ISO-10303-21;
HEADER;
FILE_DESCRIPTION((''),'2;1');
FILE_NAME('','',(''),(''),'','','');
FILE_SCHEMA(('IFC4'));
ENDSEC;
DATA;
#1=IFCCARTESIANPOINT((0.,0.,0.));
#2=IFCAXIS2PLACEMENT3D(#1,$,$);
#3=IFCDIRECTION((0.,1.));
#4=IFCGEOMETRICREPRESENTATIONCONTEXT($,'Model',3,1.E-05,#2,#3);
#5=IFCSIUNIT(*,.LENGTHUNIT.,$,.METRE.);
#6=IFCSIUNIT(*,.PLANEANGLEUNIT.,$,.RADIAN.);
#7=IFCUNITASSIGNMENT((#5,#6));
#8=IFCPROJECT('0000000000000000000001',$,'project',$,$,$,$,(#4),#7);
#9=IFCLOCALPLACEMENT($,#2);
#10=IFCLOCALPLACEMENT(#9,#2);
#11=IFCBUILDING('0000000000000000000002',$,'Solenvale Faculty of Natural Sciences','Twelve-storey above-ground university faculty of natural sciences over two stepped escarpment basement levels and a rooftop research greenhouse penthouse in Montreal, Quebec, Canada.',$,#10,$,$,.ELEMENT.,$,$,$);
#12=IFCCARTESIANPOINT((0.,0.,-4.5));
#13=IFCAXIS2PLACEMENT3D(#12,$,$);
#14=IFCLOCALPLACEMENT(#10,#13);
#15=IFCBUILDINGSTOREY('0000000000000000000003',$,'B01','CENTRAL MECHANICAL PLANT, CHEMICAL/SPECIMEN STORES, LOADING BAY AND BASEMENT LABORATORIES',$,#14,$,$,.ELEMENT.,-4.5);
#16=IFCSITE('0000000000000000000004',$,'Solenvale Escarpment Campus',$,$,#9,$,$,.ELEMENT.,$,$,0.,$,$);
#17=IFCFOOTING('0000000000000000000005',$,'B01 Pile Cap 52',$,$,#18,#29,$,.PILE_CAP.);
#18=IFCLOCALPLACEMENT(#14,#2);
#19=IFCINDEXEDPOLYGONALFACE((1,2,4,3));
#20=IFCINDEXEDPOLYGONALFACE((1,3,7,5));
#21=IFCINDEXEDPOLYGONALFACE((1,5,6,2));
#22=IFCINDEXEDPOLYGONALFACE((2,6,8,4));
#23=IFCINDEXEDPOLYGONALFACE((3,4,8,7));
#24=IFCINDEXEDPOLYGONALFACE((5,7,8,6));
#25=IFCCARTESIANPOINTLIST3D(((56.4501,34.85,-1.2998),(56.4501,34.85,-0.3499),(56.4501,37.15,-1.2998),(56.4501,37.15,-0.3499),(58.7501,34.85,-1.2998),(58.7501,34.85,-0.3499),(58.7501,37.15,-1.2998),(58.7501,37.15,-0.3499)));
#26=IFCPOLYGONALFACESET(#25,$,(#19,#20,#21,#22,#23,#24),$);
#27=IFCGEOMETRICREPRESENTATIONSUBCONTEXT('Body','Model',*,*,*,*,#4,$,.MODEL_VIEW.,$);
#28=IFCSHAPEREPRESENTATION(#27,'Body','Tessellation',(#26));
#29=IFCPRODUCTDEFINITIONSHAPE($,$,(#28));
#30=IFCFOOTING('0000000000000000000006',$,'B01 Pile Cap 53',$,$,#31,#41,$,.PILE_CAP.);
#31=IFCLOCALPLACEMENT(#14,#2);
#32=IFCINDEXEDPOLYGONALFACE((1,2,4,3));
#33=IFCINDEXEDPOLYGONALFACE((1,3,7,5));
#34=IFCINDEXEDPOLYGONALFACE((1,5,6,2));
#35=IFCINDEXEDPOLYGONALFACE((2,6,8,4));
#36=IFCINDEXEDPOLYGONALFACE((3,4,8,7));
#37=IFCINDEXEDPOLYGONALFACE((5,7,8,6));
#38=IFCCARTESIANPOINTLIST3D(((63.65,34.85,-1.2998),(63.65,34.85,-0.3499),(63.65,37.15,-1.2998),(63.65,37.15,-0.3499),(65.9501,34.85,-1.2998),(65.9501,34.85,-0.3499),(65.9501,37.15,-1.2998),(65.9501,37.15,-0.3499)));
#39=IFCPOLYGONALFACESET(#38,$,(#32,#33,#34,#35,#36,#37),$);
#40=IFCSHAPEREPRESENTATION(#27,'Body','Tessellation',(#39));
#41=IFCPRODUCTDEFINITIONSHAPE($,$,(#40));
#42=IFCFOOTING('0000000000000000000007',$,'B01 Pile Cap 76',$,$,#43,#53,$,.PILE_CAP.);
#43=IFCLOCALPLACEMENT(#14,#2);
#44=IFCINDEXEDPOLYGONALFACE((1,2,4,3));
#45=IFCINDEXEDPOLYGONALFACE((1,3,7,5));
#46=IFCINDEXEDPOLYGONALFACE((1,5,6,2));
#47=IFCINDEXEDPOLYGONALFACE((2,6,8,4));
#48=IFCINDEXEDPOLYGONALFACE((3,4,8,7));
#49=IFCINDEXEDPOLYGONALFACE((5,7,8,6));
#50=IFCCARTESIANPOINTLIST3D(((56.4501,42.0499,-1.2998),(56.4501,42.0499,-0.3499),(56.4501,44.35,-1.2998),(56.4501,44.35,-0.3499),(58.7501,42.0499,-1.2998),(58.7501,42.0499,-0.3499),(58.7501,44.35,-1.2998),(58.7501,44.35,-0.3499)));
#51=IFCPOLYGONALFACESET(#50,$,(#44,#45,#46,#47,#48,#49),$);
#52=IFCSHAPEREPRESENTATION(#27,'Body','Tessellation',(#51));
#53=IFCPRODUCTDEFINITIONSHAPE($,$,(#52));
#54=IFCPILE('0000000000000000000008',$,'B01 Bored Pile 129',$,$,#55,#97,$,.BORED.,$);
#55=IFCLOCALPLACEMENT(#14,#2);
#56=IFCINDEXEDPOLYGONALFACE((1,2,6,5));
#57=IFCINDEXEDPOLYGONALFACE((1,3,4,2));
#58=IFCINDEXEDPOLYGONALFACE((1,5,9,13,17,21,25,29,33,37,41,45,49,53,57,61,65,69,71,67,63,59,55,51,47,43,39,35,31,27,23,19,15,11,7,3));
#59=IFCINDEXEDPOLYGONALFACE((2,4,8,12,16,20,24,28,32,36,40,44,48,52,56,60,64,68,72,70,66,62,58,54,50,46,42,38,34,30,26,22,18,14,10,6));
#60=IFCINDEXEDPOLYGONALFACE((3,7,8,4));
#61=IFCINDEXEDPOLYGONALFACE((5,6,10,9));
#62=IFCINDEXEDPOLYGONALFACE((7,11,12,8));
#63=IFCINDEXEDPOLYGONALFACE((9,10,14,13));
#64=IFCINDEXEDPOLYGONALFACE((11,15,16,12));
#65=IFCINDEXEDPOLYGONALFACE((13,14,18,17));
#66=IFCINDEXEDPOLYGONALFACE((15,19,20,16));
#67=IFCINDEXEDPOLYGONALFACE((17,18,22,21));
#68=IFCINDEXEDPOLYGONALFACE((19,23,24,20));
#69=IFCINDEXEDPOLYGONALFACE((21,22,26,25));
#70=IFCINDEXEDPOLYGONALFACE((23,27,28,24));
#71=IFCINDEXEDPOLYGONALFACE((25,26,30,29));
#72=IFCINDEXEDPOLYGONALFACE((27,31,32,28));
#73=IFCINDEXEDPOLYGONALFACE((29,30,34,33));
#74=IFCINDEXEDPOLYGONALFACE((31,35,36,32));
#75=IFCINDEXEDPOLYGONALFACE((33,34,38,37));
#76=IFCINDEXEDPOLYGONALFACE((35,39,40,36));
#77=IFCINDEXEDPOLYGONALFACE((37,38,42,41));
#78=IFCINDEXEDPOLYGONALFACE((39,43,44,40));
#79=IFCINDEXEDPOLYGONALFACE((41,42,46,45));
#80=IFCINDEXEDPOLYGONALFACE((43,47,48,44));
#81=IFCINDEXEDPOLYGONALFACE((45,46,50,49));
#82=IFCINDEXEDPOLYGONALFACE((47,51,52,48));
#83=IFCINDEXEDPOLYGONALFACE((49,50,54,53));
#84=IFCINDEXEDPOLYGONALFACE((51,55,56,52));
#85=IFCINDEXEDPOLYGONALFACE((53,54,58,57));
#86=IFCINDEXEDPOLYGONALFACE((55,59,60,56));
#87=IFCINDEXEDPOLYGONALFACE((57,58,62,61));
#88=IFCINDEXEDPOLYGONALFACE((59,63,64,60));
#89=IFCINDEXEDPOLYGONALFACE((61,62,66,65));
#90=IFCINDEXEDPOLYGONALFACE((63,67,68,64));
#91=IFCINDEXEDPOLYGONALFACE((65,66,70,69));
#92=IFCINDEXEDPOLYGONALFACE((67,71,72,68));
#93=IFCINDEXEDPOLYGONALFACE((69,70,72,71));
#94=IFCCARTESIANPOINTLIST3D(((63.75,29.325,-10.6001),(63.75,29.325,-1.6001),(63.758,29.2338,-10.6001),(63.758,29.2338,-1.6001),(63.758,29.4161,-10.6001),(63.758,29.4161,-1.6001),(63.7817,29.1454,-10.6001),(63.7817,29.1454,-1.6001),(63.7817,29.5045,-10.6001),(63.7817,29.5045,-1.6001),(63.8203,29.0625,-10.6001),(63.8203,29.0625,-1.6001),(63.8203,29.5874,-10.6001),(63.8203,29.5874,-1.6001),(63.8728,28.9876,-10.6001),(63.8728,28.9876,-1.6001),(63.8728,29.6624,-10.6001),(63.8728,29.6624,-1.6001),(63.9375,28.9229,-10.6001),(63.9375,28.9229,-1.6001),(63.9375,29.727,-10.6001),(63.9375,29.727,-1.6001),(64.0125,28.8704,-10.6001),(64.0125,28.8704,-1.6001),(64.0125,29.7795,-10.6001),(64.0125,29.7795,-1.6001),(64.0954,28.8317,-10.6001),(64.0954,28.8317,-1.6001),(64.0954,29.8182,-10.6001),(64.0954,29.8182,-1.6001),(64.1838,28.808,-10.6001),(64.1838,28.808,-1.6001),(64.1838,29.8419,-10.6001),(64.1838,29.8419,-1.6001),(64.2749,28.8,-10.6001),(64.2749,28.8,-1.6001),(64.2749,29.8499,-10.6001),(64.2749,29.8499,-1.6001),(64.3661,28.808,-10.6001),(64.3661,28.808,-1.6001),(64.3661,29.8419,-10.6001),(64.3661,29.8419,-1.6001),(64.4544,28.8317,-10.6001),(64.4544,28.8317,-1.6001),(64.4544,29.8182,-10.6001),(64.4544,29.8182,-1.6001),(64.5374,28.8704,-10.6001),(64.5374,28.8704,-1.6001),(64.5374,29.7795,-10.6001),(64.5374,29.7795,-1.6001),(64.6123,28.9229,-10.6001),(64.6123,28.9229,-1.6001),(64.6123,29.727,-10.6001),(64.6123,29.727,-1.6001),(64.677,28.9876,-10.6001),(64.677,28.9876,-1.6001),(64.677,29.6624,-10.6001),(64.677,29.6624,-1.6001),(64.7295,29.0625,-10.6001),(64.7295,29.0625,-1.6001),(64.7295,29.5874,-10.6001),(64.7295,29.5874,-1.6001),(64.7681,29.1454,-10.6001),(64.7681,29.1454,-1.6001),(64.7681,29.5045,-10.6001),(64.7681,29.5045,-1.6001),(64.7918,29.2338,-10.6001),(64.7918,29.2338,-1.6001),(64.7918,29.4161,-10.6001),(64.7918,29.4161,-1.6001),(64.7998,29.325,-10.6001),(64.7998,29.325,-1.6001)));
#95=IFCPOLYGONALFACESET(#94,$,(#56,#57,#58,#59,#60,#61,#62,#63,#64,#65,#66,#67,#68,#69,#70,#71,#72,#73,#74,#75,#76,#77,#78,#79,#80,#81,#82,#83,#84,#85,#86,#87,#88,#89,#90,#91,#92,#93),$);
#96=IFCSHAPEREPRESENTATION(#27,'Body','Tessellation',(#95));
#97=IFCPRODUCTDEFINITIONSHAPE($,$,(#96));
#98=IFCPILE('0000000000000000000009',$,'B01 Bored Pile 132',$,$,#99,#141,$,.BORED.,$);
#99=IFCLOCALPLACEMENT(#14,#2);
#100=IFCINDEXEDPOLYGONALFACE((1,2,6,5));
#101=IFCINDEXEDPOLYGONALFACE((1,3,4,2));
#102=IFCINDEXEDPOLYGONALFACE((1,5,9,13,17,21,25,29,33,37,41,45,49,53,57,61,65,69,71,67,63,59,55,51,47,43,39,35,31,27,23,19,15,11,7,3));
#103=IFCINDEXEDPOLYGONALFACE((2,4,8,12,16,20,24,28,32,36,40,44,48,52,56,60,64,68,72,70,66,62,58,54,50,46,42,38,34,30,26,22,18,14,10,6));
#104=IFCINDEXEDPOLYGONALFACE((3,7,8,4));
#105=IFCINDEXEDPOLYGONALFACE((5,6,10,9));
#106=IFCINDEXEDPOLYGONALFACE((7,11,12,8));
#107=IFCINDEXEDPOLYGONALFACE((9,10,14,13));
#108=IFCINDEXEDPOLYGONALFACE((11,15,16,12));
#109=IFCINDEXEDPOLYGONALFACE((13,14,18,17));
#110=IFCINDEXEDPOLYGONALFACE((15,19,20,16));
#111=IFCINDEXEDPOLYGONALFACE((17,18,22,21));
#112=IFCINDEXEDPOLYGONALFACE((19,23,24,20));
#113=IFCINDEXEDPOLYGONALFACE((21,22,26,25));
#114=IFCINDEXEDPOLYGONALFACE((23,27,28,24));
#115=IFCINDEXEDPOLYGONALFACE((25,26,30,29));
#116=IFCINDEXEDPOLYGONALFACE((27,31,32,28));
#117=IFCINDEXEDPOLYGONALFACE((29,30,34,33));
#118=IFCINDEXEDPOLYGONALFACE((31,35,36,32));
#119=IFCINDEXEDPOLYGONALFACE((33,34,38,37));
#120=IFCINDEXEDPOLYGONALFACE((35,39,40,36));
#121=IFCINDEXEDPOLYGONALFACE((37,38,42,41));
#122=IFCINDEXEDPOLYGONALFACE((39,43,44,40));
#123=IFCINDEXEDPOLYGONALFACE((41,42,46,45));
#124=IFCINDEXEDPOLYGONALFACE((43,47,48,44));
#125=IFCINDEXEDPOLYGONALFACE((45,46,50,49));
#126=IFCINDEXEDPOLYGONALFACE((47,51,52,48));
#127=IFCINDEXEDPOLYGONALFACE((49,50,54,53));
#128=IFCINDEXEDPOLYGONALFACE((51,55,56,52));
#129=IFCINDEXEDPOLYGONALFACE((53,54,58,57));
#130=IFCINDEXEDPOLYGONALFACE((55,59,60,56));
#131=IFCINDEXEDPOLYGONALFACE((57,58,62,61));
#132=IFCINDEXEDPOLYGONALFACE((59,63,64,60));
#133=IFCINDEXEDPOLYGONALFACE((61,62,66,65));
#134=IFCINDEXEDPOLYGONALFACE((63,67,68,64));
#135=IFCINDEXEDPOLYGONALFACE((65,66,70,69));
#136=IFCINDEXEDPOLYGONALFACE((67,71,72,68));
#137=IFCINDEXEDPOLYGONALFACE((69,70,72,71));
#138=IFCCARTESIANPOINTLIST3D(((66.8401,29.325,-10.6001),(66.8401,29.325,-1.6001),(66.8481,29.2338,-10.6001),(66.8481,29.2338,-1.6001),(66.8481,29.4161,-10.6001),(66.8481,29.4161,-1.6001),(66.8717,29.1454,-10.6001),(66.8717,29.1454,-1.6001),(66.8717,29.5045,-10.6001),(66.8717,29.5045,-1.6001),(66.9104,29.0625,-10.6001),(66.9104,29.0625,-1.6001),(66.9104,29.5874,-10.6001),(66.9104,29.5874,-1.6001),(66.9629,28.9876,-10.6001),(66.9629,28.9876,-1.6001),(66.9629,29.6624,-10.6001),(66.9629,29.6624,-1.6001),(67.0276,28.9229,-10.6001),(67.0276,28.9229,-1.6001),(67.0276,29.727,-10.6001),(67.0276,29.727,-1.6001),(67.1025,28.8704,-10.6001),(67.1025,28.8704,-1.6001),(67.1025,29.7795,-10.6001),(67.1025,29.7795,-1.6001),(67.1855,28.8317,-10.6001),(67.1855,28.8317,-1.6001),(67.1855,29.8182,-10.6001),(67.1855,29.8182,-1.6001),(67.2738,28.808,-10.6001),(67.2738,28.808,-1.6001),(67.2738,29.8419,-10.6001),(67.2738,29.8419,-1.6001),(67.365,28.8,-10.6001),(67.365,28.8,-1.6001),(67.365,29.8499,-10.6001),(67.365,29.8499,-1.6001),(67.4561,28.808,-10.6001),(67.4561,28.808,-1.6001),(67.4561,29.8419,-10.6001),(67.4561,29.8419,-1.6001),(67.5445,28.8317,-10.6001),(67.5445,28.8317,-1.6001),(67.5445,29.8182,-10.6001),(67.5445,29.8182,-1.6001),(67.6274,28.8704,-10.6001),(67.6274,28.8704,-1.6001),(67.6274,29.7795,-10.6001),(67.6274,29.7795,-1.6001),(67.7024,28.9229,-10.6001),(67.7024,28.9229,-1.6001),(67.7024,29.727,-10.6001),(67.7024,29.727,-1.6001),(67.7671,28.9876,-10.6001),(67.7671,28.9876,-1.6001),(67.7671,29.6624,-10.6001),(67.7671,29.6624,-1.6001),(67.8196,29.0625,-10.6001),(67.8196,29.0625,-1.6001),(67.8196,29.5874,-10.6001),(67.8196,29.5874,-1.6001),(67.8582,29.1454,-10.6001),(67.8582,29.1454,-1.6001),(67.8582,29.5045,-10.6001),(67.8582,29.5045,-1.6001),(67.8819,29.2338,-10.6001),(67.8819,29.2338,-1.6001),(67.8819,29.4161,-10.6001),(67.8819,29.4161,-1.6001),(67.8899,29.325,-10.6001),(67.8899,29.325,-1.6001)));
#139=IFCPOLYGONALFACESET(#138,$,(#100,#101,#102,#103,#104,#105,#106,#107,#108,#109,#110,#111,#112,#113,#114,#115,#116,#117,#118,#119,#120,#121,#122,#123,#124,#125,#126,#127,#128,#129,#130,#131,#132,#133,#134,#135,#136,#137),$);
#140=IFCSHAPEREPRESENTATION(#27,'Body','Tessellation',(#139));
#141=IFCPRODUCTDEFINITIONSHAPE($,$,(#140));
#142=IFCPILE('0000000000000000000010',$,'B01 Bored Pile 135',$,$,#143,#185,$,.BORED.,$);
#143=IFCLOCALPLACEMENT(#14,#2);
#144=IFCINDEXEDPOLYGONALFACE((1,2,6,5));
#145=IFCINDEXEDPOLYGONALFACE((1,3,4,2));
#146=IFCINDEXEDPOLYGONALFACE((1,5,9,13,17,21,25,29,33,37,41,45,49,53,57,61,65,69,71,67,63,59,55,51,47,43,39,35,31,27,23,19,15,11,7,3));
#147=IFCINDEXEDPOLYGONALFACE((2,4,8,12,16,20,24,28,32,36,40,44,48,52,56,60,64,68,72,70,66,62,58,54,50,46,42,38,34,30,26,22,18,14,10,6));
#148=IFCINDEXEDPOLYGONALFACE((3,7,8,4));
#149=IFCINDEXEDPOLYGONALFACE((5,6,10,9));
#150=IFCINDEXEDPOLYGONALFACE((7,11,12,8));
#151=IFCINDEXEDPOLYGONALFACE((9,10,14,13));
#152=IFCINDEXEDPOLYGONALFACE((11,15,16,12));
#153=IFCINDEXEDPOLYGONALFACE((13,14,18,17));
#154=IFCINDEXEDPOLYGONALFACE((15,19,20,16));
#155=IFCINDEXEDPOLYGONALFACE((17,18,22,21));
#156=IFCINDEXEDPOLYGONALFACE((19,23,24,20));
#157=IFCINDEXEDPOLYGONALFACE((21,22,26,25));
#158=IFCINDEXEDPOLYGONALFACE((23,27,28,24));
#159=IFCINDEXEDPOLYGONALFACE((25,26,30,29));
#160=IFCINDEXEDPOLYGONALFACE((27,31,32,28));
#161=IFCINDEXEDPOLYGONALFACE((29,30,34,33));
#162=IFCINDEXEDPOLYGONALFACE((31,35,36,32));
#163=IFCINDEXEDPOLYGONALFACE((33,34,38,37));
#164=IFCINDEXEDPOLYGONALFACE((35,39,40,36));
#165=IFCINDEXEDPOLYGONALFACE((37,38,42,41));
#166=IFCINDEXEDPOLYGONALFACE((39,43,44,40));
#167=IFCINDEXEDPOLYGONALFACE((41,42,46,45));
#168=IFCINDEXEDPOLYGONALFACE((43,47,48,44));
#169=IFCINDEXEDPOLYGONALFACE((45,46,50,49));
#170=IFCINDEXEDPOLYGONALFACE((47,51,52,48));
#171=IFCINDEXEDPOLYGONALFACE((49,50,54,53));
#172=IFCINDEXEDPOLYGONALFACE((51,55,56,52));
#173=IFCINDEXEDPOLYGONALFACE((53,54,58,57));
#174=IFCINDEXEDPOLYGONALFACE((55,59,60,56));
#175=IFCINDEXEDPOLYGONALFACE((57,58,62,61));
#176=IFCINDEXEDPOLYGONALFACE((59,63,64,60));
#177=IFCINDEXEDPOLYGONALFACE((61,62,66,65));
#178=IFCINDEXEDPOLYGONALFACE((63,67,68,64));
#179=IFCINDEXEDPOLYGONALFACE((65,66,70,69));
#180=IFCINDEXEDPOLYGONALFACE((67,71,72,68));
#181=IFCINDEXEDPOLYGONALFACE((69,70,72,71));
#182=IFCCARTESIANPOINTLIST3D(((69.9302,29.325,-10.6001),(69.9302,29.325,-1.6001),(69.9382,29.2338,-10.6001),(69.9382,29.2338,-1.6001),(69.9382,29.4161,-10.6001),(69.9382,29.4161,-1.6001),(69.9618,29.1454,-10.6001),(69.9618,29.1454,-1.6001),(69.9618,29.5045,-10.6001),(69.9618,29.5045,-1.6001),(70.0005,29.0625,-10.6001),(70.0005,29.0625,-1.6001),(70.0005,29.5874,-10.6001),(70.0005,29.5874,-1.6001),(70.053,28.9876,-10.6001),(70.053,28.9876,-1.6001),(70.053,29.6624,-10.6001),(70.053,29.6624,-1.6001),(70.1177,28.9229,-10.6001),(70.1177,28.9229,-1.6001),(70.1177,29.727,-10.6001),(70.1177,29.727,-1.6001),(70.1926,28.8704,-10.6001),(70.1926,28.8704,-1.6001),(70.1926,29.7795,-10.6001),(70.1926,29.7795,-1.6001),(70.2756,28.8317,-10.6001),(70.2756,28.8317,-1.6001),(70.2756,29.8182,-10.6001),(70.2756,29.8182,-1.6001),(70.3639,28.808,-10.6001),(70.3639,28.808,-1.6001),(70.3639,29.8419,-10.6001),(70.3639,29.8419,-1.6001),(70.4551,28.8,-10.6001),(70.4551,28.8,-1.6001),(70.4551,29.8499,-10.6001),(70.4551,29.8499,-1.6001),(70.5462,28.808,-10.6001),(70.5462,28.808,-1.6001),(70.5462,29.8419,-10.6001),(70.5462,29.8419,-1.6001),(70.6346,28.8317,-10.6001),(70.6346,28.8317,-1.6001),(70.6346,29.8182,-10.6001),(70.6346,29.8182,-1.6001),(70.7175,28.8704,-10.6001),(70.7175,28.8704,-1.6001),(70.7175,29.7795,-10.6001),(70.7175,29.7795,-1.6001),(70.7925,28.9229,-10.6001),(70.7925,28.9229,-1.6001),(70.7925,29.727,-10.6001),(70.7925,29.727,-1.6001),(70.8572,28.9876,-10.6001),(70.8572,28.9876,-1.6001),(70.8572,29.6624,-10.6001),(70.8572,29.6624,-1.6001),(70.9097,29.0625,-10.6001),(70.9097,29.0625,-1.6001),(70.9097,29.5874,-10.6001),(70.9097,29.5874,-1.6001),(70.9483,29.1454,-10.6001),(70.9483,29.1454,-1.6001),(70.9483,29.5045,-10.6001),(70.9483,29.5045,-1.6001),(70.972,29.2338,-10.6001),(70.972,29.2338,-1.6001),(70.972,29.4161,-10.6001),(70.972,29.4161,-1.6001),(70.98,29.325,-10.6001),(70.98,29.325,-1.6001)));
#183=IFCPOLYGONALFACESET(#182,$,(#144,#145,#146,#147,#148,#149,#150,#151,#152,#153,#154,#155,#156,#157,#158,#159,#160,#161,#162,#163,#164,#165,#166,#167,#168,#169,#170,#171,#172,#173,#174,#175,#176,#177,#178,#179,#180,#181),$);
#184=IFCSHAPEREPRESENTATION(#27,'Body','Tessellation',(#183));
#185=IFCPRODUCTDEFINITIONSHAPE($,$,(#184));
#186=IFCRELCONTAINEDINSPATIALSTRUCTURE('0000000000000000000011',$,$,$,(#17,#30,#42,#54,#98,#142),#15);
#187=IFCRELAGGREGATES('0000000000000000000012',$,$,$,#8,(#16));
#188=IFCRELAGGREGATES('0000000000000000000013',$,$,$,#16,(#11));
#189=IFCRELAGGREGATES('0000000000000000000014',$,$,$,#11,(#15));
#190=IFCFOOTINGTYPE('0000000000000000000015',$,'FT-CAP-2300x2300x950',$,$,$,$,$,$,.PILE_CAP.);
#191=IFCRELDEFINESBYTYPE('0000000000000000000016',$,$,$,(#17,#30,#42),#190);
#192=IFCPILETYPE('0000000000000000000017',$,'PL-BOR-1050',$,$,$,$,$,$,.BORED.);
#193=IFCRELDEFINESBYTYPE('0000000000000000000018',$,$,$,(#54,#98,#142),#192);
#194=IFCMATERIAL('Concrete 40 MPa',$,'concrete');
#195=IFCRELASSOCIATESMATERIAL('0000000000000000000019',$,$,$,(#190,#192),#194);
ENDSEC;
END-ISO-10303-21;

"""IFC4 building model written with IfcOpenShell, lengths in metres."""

from ifc_helpers import new_model, si_unit, direction, frame, origin, origin_2d, place, context, subcontext, project, spatial, rectangle, circle, extrude, material, material_profile, profile_set, type_object, element, save


model = new_model("IFC4")

# Units and contexts
model_context = context("Model", 3, precision=1e-05, world=origin(), true_north=direction((0.0, 1.0)))
body_context = subcontext(model_context, "Body", "Model", "MODEL_VIEW")
ifc_project = project(units=[si_unit("LENGTHUNIT", "METRE"), si_unit("PLANEANGLEUNIT", "RADIAN")], contexts=[model_context])

# Site, building, storey
site_placement = place(None, origin())
site = spatial("IfcSite", under=ifc_project, at=site_placement, Name="Solenvale Escarpment Campus", CompositionType="ELEMENT", RefElevation=0.0)
building_placement = place(site_placement, origin())
building = spatial("IfcBuilding", under=site, at=building_placement, Name="Solenvale Faculty of Natural Sciences", Description="Twelve-storey above-ground university faculty of natural sciences over two stepped escarpment basement levels and a rooftop research greenhouse penthouse in Montreal, Quebec, Canada.", CompositionType="ELEMENT")
storey_placement = place(building_placement, frame((0.0, 0.0, -4.5)))
storey = spatial("IfcBuildingStorey", under=building, at=storey_placement, Name="B01", Description="CENTRAL MECHANICAL PLANT, CHEMICAL/SPECIMEN STORES, LOADING BAY AND BASEMENT LABORATORIES", CompositionType="ELEMENT", Elevation=-4.5)

# Footings
ifc_material_1 = material(Name="Concrete 40 MPa", Category="concrete")
footing_type = type_object("IfcFootingType", Name="FT-CAP-2300x2300x950", PredefinedType="PILE_CAP", material=ifc_material_1)
for number, where, z_axis, x_axis, name in (
    (1, (57.6001, 36.0, -1.2998), (0.0, 0.0, 1.0), (1.0, 0.0, 0.0), "B01 Pile Cap 52"),
    (2, (64.8, 36.0, -1.2998), (0.0, 0.0, 1.0), (1.0, 0.0, 0.0), "B01 Pile Cap 53"),
    (3, (57.6001, 43.2, -1.2998), (0.0, 0.0, 1.0), (1.0, 0.0, 0.0), "B01 Pile Cap 76"),
):
    element("IfcFooting", number, at=place(storey_placement, frame(where, z_axis=z_axis, x_axis=x_axis)), inside=storey, type_object=footing_type, Name=name, PredefinedType="PILE_CAP", context=body_context, shape_type="SweptSolid", body=[
        extrude(rectangle(XDim=2.3, YDim=2.3, at=origin_2d()), origin(), (0.0, 0.0, 1.0), 0.95),
    ])

# Piles
ifc_material_profile_1 = material_profile(ifc_material_1, circle(Radius=0.5249, at=origin_2d()), Name="PILE-D1050")
ifc_profile_set_1 = profile_set([ifc_material_profile_1], Name="Concrete 40 MPa")
pile_type_1 = type_object("IfcPileType", Name="PL-BOR-1050", PredefinedType="BORED", material=ifc_profile_set_1)
for number, where, z_axis, x_axis, name in (
    (4, (64.2749, 29.325, -1.6001), (0.0, 0.0, -1.0), (1.0, 0.0, 0.0), "B01 Bored Pile 129"),
    (5, (67.365, 29.325, -1.6001), (0.0, 0.0, -1.0), (1.0, 0.0, 0.0), "B01 Bored Pile 132"),
    (6, (70.4551, 29.325, -1.6001), (0.0, 0.0, -1.0), (1.0, 0.0, 0.0), "B01 Bored Pile 135"),
):
    element("IfcPile", number, at=place(storey_placement, frame(where, z_axis=z_axis, x_axis=x_axis)), inside=storey, type_object=pile_type_1, Name=name, PredefinedType="BORED", context=body_context, shape_type="SweptSolid", body=[
        extrude(circle(Radius=0.5249, at=origin_2d()), origin(), (0.0, 0.0, 1.0), 9.0),
    ])

save(model, "model.ifc")
